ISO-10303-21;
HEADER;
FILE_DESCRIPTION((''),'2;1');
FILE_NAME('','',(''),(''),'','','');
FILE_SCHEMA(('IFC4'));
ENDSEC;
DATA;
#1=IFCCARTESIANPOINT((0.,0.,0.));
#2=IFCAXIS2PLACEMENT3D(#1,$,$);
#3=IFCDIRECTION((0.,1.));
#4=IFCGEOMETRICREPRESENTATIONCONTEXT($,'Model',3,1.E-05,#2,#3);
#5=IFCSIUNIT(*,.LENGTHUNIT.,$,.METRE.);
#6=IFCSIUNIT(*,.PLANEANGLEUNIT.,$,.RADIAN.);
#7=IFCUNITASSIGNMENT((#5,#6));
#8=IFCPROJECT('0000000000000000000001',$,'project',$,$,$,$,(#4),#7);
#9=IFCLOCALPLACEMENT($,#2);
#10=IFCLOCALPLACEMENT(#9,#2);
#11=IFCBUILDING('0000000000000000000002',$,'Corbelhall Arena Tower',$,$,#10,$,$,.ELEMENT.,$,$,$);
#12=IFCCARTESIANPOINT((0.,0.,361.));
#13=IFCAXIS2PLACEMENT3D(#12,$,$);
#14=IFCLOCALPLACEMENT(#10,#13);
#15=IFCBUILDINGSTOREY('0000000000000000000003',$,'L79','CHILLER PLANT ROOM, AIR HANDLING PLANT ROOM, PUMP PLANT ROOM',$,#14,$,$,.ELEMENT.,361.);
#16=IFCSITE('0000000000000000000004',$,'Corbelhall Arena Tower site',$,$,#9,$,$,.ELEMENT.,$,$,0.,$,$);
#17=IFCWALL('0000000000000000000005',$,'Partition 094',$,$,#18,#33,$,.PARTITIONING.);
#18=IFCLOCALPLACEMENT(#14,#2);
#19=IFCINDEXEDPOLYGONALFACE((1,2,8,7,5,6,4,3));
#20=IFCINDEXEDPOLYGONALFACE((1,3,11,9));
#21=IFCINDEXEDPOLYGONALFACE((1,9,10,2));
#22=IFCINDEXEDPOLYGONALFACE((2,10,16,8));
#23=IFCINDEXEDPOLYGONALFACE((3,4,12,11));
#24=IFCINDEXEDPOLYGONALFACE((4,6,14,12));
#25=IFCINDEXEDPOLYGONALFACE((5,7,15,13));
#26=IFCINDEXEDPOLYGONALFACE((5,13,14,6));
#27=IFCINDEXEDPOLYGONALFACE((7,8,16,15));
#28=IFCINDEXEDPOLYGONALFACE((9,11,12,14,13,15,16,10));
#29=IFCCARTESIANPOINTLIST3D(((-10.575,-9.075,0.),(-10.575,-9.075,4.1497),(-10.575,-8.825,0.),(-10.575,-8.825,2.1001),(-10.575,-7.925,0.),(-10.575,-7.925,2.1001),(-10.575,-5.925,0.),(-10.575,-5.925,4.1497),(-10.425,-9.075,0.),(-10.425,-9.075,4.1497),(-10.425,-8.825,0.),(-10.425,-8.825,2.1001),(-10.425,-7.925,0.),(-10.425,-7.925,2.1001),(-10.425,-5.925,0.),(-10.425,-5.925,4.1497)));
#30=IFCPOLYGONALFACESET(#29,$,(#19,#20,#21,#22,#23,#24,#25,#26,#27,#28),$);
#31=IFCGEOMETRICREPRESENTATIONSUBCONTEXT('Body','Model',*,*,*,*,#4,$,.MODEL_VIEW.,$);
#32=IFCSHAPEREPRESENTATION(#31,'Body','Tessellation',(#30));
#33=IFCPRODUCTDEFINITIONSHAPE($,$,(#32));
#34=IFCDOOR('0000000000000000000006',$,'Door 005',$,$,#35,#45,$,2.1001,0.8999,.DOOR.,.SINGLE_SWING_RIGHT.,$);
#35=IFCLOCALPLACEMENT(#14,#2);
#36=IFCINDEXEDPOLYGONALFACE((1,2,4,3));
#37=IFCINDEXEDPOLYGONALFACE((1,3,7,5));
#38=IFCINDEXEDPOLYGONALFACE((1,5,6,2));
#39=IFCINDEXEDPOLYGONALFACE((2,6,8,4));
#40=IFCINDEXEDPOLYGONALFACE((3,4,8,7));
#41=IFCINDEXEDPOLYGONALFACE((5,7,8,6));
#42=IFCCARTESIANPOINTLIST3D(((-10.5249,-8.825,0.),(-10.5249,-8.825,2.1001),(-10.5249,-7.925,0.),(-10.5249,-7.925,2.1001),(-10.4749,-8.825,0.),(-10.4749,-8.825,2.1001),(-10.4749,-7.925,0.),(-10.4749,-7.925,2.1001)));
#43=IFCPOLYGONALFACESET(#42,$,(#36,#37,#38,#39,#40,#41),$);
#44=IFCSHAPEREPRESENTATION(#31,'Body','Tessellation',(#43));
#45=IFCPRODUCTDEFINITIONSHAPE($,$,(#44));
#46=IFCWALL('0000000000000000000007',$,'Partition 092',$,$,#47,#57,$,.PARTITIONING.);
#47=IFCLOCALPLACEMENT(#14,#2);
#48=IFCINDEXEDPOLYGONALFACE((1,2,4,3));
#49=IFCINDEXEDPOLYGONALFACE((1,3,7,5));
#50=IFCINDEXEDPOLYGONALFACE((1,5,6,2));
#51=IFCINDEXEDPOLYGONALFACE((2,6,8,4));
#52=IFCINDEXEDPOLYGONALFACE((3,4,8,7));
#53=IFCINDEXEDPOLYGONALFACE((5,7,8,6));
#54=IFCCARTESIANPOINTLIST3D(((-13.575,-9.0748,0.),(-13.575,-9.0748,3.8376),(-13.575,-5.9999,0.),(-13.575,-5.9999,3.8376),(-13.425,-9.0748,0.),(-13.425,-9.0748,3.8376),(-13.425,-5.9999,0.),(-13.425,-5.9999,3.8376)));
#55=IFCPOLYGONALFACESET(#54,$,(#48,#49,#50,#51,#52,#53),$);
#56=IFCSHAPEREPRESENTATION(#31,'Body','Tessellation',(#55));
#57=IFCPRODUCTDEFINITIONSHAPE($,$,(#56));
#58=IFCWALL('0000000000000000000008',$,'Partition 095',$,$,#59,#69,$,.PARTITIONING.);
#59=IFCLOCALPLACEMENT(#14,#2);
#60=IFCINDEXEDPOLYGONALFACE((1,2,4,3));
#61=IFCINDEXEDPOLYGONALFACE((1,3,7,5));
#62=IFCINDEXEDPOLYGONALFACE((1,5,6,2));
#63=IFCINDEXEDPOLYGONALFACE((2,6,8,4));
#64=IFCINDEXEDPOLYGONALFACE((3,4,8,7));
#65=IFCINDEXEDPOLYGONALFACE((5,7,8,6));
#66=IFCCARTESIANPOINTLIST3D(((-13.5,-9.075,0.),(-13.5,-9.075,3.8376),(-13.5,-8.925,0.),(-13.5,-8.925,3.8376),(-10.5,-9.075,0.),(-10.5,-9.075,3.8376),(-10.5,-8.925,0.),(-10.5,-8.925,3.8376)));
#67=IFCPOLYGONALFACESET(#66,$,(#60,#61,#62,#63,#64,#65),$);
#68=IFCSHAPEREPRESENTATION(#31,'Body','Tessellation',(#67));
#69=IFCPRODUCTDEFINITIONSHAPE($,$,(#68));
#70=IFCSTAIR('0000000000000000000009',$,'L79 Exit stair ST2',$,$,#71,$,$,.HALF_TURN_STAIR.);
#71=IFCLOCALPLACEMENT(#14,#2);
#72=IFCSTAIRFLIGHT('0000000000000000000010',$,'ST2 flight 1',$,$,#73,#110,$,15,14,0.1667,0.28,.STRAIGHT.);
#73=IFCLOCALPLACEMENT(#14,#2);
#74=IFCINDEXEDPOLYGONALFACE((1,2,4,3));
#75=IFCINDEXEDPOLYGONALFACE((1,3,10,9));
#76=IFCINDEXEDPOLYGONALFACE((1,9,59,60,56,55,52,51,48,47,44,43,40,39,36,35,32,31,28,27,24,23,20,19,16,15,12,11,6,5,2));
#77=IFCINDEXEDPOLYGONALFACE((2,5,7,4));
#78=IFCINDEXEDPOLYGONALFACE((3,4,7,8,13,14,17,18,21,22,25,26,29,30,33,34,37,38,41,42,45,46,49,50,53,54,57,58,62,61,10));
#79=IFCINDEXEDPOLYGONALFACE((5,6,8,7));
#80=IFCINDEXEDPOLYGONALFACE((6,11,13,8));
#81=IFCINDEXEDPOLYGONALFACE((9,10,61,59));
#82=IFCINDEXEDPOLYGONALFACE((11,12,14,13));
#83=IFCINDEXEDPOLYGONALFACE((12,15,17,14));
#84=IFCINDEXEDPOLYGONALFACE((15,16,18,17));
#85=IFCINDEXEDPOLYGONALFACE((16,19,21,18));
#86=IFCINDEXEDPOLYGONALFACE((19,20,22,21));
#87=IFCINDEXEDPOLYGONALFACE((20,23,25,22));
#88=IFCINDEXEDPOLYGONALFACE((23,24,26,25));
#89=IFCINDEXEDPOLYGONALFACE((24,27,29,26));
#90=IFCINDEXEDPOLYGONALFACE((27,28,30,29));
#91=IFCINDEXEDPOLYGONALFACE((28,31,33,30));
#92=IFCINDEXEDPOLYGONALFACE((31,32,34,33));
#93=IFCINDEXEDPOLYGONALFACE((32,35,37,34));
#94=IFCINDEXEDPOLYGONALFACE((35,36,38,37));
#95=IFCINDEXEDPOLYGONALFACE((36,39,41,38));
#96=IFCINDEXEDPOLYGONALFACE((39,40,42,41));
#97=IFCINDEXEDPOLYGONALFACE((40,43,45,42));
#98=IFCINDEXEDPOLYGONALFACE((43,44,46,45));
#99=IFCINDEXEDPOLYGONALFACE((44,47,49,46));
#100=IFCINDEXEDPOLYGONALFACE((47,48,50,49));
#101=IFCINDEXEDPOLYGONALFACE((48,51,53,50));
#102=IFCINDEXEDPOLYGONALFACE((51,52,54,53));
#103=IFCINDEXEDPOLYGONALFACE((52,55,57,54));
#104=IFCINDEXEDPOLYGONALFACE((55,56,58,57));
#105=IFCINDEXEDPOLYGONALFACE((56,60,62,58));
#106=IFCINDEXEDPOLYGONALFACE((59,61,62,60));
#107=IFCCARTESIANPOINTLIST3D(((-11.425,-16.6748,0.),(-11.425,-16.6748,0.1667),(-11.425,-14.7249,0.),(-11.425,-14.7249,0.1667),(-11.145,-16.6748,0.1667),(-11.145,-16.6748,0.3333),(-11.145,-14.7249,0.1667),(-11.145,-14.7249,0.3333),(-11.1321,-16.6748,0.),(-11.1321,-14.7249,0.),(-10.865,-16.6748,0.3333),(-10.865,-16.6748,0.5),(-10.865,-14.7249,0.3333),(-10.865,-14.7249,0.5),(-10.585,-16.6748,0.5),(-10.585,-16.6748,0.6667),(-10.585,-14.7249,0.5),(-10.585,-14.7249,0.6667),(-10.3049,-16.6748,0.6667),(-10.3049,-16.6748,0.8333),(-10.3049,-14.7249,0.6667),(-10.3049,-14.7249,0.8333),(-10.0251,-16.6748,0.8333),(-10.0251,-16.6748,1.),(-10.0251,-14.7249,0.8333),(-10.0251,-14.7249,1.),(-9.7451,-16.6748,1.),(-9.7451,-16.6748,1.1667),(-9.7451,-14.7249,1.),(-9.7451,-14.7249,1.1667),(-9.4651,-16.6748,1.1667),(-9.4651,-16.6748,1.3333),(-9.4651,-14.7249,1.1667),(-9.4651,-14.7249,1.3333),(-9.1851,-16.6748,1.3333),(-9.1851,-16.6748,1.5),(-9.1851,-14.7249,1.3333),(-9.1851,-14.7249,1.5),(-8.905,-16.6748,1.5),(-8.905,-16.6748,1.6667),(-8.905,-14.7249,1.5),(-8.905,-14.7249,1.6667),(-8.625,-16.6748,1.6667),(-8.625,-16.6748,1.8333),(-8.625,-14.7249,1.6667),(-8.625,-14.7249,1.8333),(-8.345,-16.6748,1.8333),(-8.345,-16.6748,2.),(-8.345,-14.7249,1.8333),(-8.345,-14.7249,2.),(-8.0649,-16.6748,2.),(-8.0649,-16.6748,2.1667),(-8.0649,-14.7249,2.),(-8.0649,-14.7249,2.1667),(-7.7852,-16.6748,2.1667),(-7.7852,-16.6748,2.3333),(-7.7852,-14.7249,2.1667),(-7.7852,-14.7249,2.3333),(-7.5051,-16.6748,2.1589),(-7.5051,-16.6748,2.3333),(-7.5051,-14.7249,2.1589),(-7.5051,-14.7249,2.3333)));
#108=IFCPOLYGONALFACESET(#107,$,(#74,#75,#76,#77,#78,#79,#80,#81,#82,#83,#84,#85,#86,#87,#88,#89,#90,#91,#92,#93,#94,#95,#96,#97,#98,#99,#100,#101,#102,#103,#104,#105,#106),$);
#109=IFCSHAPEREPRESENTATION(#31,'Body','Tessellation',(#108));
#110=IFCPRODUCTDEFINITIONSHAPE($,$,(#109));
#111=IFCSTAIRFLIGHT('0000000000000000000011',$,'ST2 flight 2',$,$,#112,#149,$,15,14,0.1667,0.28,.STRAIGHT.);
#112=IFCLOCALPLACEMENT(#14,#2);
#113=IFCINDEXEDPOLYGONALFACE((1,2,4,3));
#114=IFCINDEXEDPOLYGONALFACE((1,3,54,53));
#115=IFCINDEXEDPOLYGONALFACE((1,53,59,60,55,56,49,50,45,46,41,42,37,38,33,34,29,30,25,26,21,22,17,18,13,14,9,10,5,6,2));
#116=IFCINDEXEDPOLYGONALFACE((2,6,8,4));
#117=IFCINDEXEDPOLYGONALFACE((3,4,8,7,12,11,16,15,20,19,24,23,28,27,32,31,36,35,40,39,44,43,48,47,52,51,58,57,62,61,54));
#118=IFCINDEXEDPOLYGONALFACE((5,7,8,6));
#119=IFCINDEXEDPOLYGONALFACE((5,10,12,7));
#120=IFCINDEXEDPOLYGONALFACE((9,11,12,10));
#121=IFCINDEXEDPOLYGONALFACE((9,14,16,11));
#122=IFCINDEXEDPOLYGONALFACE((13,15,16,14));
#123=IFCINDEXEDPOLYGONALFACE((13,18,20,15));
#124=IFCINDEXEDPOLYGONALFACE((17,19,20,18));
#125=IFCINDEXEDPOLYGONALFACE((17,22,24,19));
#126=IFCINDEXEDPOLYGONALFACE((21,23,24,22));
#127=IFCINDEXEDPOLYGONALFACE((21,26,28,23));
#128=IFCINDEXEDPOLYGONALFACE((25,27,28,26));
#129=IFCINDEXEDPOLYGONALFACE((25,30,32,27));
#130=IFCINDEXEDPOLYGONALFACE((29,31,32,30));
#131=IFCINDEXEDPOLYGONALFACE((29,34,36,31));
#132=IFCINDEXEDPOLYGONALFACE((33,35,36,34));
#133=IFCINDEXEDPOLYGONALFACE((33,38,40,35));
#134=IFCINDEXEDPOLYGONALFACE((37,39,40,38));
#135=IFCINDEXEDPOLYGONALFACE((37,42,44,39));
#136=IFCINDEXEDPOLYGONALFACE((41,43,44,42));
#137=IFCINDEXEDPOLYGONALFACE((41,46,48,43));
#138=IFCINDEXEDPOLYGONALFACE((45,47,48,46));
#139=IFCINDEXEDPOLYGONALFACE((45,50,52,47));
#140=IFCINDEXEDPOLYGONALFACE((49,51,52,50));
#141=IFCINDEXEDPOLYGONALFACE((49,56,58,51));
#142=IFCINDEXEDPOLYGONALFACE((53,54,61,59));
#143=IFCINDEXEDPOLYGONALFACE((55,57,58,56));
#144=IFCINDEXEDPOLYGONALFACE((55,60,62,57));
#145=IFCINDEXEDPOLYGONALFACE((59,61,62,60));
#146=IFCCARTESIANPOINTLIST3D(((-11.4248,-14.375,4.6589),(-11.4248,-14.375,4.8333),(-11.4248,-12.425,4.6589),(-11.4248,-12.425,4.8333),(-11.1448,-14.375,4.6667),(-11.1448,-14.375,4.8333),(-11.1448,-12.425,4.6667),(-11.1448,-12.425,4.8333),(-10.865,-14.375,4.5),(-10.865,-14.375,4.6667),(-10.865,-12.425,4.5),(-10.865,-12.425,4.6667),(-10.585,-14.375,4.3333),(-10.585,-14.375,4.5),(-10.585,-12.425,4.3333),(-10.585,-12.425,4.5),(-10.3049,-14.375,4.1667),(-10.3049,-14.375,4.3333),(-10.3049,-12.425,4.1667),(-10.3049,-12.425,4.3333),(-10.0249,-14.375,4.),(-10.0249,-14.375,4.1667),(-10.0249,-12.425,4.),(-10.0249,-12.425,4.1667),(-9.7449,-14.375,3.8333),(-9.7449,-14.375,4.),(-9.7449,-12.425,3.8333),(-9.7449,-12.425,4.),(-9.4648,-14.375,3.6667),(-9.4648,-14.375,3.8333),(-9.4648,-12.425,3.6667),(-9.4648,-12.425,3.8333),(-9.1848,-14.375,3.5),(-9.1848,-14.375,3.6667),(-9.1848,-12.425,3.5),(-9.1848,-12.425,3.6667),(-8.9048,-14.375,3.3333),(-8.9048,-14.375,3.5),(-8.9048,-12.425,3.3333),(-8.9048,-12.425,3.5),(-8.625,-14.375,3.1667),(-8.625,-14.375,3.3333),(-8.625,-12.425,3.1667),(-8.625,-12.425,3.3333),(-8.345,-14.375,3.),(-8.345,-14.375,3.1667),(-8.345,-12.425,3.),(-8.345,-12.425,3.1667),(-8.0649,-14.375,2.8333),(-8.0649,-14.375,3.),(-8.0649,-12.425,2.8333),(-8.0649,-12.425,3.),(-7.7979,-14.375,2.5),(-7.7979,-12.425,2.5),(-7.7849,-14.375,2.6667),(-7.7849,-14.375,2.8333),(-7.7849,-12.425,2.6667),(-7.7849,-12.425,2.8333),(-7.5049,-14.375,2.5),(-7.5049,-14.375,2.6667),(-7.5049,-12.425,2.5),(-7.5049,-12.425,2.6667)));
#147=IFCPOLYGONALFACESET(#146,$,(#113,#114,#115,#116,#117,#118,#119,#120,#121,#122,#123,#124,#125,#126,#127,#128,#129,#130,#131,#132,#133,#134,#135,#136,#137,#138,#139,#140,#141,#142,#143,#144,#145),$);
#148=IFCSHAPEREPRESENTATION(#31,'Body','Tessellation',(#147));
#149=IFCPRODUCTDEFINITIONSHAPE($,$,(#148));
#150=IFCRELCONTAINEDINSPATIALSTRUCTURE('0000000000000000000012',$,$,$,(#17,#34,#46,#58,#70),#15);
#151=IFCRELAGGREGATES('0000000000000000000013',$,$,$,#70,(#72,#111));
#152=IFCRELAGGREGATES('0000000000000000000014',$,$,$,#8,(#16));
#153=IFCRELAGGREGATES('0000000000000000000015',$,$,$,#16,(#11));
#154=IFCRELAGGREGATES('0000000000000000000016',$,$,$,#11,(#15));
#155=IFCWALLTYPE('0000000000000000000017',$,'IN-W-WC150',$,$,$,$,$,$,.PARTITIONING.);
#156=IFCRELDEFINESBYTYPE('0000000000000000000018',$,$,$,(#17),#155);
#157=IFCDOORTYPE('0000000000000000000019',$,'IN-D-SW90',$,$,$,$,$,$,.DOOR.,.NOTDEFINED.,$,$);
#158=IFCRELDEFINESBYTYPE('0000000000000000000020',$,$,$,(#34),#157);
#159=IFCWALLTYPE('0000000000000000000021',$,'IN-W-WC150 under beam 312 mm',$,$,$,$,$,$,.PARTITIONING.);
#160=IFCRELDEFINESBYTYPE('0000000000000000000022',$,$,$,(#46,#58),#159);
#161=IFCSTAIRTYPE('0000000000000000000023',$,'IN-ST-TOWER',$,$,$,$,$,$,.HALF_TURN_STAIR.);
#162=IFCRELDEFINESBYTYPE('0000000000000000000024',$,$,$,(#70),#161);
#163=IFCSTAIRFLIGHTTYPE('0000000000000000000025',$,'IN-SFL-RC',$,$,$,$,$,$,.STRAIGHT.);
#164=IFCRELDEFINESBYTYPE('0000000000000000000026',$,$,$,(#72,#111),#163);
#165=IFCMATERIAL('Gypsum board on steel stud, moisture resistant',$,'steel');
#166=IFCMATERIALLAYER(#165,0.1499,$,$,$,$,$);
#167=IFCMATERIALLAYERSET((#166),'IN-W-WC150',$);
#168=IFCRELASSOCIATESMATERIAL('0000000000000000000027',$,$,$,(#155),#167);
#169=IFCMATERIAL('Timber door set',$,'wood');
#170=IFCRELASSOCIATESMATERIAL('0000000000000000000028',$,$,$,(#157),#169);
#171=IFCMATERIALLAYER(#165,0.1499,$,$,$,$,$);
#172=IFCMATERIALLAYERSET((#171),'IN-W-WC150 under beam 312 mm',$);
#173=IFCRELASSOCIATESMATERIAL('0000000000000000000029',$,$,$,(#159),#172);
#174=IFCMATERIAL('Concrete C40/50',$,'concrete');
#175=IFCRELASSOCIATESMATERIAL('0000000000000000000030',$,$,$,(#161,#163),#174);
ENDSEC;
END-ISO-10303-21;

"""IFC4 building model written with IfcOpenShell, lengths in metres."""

from ifc_helpers import new_model, si_unit, direction, frame, frame_2d, origin, place, context, subcontext, project, spatial, polyline, rectangle, outline, extrude, material, layer, layer_set, type_object, element, fill, aggregate, save


model = new_model("IFC4")

# Units and contexts
model_context = context("Model", 3, precision=1e-05, world=origin(), true_north=direction((0.0, 1.0)))
body_context = subcontext(model_context, "Body", "Model", "MODEL_VIEW")
ifc_project = project(units=[si_unit("LENGTHUNIT", "METRE"), si_unit("PLANEANGLEUNIT", "RADIAN")], contexts=[model_context])

# Site, building, storey
site_placement = place(None, origin())
site = spatial("IfcSite", under=ifc_project, at=site_placement, Name="Corbelhall Arena Tower site", CompositionType="ELEMENT", RefElevation=0.0)
building_placement = place(site_placement, origin())
building = spatial("IfcBuilding", under=site, at=building_placement, Name="Corbelhall Arena Tower", CompositionType="ELEMENT")
storey_placement = place(building_placement, frame((0.0, 0.0, 361.0)))
storey = spatial("IfcBuildingStorey", under=building, at=storey_placement, Name="L79", Description="CHILLER PLANT ROOM, AIR HANDLING PLANT ROOM, PUMP PLANT ROOM", CompositionType="ELEMENT", Elevation=361.0)

# Shared definitions
ifc_material_1 = material(Name="Concrete C40/50", Category="concrete")

# Wall, opening, door
ifc_material_2 = material(Name="Gypsum board on steel stud, moisture resistant", Category="steel")
ifc_layer_1 = layer(ifc_material_2, 0.1499)
ifc_layer_set_1 = layer_set([ifc_layer_1], Name="IN-W-WC150")
wall_type_1 = type_object("IfcWallType", Name="IN-W-WC150", PredefinedType="PARTITIONING", material=ifc_layer_set_1)
wall_1_placement = place(storey_placement, frame((-10.5, -9.075, 0.0), z_axis=(0.0, 0.0, 1.0), x_axis=(0.0, 1.0, 0.0)))
wall_1 = element("IfcWall", 1, at=wall_1_placement, inside=storey, type_object=wall_type_1, Name="Partition 094", PredefinedType="PARTITIONING", context=body_context, shape_type="SweptSolid", body=[
    extrude(rectangle(XDim=3.1499, YDim=0.1499, at=frame_2d((1.575, 0.0))), origin(), (0.0, 0.0, 1.0), 4.1497),
])
opening_1_placement = place(wall_1_placement, frame((0.25, 0.0, 0.0)))
opening_1 = element("IfcOpeningElement", 2, at=opening_1_placement, cuts=wall_1, PredefinedType="OPENING", context=body_context, shape_type="SweptSolid", body=[
    extrude(rectangle(XDim=0.8999, YDim=2.1001, at=frame_2d((0.45, 1.05))), frame((0.0, 0.075, 0.0), z_axis=(0.0, -1.0, 0.0), x_axis=(1.0, 0.0, 0.0)), (0.0, 0.0, 1.0), 0.1499),
])
ifc_material_3 = material(Name="Timber door set", Category="wood")
door_type_1 = type_object("IfcDoorType", Name="IN-D-SW90", OperationType="NOTDEFINED", PredefinedType="DOOR", material=ifc_material_3)
door_1_placement = place(opening_1_placement, origin())
door_1 = element("IfcDoor", 3, at=door_1_placement, inside=storey, type_object=door_type_1, Name="Door 005", OperationType="SINGLE_SWING_RIGHT", OverallHeight=2.1001, OverallWidth=0.8999, PredefinedType="DOOR", context=body_context, shape_type="SweptSolid", body=[
    extrude(rectangle(XDim=0.8999, YDim=2.1001, at=frame_2d((0.45, 1.05))), frame((0.0, 0.0249, 0.0), z_axis=(0.0, -1.0, 0.0), x_axis=(1.0, 0.0, 0.0)), (0.0, 0.0, 1.0), 0.05),
])
fill(opening_1, door_1)

# Walls
ifc_layer_2 = layer(ifc_material_2, 0.1499)
ifc_layer_set_2 = layer_set([ifc_layer_2], Name="IN-W-WC150 under beam 312 mm")
wall_type_2 = type_object("IfcWallType", Name="IN-W-WC150 under beam 312 mm", PredefinedType="PARTITIONING", material=ifc_layer_set_2)
wall_2_placement = place(storey_placement, frame((-13.5, -9.075, 0.0), z_axis=(0.0, 0.0, 1.0), x_axis=(0.0, 1.0, 0.0)))
element("IfcWall", 4, at=wall_2_placement, inside=storey, type_object=wall_type_2, Name="Partition 092", PredefinedType="PARTITIONING", context=body_context, shape_type="SweptSolid", body=[
    extrude(rectangle(XDim=3.075, YDim=0.1499, at=frame_2d((1.5376, 0.0))), origin(), (0.0, 0.0, 1.0), 3.8376),
])
wall_3_placement = place(storey_placement, frame((-10.5, -9.0, 0.0), z_axis=(0.0, 0.0, 1.0), x_axis=(-1.0, 0.0, 0.0)))
element("IfcWall", 5, at=wall_3_placement, inside=storey, type_object=wall_type_2, Name="Partition 095", PredefinedType="PARTITIONING", context=body_context, shape_type="SweptSolid", body=[
    extrude(rectangle(XDim=3.0, YDim=0.1499, at=frame_2d((1.5, 0.0))), origin(), (0.0, 0.0, 1.0), 3.8376),
])

# Stair, stair flights
stair_type = type_object("IfcStairType", Name="IN-ST-TOWER", PredefinedType="HALF_TURN_STAIR", material=ifc_material_1)
stair_placement = place(storey_placement, origin())
stair = element("IfcStair", 6, at=stair_placement, inside=storey, type_object=stair_type, Name="L79 Exit stair ST2", PredefinedType="HALF_TURN_STAIR")
stair_flight_type = type_object("IfcStairFlightType", Name="IN-SFL-RC", PredefinedType="STRAIGHT", material=ifc_material_1)
stair_flight_1_placement = place(storey_placement, frame((-11.425, -15.7, 0.0), z_axis=(0.0, 0.0, 1.0), x_axis=(1.0, 0.0, 0.0)))
stair_flight_1 = element("IfcStairFlight", 7, at=stair_flight_1_placement, type_object=stair_flight_type, Name="ST2 flight 1", NumberOfRisers=15, NumberOfTreads=14, PredefinedType="STRAIGHT", RiserHeight=0.1667, TreadLength=0.28, context=body_context, shape_type="SweptSolid", body=[
    extrude(outline(polyline([(0.0, 0.0), (0.0, 0.1667), (0.28, 0.1667), (0.28, 0.3333), (0.5601, 0.3333), (0.5601, 0.5), (0.8401, 0.5), (0.8401, 0.6667), (1.1201, 0.6667), (1.1201, 0.8333), (1.3999, 0.8333), (1.3999, 1.0), (1.6799, 1.0), (1.6799, 1.1667), (1.96, 1.1667), (1.96, 1.3333), (2.24, 1.3333), (2.24, 1.5), (2.52, 1.5), (2.52, 1.6667), (2.8, 1.6667), (2.8, 1.8333), (3.0801, 1.8333), (3.0801, 2.0), (3.3601, 2.0), (3.3601, 2.1667), (3.6399, 2.1667), (3.6399, 2.3333), (3.9199, 2.3333), (3.9199, 2.5), (3.9199, 2.1589), (0.293, 0.0), (0.0, 0.0)])), frame((0.0, 0.9751, 0.0), z_axis=(0.0, -1.0, 0.0), x_axis=(1.0, 0.0, 0.0)), (0.0, 0.0, 1.0), 1.95),
])
stair_flight_2_placement = place(storey_placement, frame((-7.5049, -13.3999, 2.5), z_axis=(0.0, 0.0, 1.0), x_axis=(-1.0, 0.0, 0.0)))
stair_flight_2 = element("IfcStairFlight", 8, at=stair_flight_2_placement, type_object=stair_flight_type, Name="ST2 flight 2", NumberOfRisers=15, NumberOfTreads=14, PredefinedType="STRAIGHT", RiserHeight=0.1667, TreadLength=0.28, context=body_context, shape_type="SweptSolid", body=[
    extrude(outline(polyline([(0.0, 0.0), (0.0, 0.1667), (0.28, 0.1667), (0.28, 0.3333), (0.5601, 0.3333), (0.5601, 0.5), (0.8401, 0.5), (0.8401, 0.6667), (1.1201, 0.6667), (1.1201, 0.8333), (1.3999, 0.8333), (1.3999, 1.0), (1.6799, 1.0), (1.6799, 1.1667), (1.96, 1.1667), (1.96, 1.3333), (2.24, 1.3333), (2.24, 1.5), (2.52, 1.5), (2.52, 1.6667), (2.8, 1.6667), (2.8, 1.8333), (3.0801, 1.8333), (3.0801, 2.0), (3.3601, 2.0), (3.3601, 2.1667), (3.6399, 2.1667), (3.6399, 2.3333), (3.9199, 2.3333), (3.9199, 2.5), (3.9199, 2.1589), (0.293, 0.0), (0.0, 0.0)])), frame((0.0, 0.9751, 0.0), z_axis=(0.0, -1.0, 0.0), x_axis=(1.0, 0.0, 0.0)), (0.0, 0.0, 1.0), 1.95),
])
aggregate(stair, [stair_flight_1, stair_flight_2])

save(model, "model.ifc")
